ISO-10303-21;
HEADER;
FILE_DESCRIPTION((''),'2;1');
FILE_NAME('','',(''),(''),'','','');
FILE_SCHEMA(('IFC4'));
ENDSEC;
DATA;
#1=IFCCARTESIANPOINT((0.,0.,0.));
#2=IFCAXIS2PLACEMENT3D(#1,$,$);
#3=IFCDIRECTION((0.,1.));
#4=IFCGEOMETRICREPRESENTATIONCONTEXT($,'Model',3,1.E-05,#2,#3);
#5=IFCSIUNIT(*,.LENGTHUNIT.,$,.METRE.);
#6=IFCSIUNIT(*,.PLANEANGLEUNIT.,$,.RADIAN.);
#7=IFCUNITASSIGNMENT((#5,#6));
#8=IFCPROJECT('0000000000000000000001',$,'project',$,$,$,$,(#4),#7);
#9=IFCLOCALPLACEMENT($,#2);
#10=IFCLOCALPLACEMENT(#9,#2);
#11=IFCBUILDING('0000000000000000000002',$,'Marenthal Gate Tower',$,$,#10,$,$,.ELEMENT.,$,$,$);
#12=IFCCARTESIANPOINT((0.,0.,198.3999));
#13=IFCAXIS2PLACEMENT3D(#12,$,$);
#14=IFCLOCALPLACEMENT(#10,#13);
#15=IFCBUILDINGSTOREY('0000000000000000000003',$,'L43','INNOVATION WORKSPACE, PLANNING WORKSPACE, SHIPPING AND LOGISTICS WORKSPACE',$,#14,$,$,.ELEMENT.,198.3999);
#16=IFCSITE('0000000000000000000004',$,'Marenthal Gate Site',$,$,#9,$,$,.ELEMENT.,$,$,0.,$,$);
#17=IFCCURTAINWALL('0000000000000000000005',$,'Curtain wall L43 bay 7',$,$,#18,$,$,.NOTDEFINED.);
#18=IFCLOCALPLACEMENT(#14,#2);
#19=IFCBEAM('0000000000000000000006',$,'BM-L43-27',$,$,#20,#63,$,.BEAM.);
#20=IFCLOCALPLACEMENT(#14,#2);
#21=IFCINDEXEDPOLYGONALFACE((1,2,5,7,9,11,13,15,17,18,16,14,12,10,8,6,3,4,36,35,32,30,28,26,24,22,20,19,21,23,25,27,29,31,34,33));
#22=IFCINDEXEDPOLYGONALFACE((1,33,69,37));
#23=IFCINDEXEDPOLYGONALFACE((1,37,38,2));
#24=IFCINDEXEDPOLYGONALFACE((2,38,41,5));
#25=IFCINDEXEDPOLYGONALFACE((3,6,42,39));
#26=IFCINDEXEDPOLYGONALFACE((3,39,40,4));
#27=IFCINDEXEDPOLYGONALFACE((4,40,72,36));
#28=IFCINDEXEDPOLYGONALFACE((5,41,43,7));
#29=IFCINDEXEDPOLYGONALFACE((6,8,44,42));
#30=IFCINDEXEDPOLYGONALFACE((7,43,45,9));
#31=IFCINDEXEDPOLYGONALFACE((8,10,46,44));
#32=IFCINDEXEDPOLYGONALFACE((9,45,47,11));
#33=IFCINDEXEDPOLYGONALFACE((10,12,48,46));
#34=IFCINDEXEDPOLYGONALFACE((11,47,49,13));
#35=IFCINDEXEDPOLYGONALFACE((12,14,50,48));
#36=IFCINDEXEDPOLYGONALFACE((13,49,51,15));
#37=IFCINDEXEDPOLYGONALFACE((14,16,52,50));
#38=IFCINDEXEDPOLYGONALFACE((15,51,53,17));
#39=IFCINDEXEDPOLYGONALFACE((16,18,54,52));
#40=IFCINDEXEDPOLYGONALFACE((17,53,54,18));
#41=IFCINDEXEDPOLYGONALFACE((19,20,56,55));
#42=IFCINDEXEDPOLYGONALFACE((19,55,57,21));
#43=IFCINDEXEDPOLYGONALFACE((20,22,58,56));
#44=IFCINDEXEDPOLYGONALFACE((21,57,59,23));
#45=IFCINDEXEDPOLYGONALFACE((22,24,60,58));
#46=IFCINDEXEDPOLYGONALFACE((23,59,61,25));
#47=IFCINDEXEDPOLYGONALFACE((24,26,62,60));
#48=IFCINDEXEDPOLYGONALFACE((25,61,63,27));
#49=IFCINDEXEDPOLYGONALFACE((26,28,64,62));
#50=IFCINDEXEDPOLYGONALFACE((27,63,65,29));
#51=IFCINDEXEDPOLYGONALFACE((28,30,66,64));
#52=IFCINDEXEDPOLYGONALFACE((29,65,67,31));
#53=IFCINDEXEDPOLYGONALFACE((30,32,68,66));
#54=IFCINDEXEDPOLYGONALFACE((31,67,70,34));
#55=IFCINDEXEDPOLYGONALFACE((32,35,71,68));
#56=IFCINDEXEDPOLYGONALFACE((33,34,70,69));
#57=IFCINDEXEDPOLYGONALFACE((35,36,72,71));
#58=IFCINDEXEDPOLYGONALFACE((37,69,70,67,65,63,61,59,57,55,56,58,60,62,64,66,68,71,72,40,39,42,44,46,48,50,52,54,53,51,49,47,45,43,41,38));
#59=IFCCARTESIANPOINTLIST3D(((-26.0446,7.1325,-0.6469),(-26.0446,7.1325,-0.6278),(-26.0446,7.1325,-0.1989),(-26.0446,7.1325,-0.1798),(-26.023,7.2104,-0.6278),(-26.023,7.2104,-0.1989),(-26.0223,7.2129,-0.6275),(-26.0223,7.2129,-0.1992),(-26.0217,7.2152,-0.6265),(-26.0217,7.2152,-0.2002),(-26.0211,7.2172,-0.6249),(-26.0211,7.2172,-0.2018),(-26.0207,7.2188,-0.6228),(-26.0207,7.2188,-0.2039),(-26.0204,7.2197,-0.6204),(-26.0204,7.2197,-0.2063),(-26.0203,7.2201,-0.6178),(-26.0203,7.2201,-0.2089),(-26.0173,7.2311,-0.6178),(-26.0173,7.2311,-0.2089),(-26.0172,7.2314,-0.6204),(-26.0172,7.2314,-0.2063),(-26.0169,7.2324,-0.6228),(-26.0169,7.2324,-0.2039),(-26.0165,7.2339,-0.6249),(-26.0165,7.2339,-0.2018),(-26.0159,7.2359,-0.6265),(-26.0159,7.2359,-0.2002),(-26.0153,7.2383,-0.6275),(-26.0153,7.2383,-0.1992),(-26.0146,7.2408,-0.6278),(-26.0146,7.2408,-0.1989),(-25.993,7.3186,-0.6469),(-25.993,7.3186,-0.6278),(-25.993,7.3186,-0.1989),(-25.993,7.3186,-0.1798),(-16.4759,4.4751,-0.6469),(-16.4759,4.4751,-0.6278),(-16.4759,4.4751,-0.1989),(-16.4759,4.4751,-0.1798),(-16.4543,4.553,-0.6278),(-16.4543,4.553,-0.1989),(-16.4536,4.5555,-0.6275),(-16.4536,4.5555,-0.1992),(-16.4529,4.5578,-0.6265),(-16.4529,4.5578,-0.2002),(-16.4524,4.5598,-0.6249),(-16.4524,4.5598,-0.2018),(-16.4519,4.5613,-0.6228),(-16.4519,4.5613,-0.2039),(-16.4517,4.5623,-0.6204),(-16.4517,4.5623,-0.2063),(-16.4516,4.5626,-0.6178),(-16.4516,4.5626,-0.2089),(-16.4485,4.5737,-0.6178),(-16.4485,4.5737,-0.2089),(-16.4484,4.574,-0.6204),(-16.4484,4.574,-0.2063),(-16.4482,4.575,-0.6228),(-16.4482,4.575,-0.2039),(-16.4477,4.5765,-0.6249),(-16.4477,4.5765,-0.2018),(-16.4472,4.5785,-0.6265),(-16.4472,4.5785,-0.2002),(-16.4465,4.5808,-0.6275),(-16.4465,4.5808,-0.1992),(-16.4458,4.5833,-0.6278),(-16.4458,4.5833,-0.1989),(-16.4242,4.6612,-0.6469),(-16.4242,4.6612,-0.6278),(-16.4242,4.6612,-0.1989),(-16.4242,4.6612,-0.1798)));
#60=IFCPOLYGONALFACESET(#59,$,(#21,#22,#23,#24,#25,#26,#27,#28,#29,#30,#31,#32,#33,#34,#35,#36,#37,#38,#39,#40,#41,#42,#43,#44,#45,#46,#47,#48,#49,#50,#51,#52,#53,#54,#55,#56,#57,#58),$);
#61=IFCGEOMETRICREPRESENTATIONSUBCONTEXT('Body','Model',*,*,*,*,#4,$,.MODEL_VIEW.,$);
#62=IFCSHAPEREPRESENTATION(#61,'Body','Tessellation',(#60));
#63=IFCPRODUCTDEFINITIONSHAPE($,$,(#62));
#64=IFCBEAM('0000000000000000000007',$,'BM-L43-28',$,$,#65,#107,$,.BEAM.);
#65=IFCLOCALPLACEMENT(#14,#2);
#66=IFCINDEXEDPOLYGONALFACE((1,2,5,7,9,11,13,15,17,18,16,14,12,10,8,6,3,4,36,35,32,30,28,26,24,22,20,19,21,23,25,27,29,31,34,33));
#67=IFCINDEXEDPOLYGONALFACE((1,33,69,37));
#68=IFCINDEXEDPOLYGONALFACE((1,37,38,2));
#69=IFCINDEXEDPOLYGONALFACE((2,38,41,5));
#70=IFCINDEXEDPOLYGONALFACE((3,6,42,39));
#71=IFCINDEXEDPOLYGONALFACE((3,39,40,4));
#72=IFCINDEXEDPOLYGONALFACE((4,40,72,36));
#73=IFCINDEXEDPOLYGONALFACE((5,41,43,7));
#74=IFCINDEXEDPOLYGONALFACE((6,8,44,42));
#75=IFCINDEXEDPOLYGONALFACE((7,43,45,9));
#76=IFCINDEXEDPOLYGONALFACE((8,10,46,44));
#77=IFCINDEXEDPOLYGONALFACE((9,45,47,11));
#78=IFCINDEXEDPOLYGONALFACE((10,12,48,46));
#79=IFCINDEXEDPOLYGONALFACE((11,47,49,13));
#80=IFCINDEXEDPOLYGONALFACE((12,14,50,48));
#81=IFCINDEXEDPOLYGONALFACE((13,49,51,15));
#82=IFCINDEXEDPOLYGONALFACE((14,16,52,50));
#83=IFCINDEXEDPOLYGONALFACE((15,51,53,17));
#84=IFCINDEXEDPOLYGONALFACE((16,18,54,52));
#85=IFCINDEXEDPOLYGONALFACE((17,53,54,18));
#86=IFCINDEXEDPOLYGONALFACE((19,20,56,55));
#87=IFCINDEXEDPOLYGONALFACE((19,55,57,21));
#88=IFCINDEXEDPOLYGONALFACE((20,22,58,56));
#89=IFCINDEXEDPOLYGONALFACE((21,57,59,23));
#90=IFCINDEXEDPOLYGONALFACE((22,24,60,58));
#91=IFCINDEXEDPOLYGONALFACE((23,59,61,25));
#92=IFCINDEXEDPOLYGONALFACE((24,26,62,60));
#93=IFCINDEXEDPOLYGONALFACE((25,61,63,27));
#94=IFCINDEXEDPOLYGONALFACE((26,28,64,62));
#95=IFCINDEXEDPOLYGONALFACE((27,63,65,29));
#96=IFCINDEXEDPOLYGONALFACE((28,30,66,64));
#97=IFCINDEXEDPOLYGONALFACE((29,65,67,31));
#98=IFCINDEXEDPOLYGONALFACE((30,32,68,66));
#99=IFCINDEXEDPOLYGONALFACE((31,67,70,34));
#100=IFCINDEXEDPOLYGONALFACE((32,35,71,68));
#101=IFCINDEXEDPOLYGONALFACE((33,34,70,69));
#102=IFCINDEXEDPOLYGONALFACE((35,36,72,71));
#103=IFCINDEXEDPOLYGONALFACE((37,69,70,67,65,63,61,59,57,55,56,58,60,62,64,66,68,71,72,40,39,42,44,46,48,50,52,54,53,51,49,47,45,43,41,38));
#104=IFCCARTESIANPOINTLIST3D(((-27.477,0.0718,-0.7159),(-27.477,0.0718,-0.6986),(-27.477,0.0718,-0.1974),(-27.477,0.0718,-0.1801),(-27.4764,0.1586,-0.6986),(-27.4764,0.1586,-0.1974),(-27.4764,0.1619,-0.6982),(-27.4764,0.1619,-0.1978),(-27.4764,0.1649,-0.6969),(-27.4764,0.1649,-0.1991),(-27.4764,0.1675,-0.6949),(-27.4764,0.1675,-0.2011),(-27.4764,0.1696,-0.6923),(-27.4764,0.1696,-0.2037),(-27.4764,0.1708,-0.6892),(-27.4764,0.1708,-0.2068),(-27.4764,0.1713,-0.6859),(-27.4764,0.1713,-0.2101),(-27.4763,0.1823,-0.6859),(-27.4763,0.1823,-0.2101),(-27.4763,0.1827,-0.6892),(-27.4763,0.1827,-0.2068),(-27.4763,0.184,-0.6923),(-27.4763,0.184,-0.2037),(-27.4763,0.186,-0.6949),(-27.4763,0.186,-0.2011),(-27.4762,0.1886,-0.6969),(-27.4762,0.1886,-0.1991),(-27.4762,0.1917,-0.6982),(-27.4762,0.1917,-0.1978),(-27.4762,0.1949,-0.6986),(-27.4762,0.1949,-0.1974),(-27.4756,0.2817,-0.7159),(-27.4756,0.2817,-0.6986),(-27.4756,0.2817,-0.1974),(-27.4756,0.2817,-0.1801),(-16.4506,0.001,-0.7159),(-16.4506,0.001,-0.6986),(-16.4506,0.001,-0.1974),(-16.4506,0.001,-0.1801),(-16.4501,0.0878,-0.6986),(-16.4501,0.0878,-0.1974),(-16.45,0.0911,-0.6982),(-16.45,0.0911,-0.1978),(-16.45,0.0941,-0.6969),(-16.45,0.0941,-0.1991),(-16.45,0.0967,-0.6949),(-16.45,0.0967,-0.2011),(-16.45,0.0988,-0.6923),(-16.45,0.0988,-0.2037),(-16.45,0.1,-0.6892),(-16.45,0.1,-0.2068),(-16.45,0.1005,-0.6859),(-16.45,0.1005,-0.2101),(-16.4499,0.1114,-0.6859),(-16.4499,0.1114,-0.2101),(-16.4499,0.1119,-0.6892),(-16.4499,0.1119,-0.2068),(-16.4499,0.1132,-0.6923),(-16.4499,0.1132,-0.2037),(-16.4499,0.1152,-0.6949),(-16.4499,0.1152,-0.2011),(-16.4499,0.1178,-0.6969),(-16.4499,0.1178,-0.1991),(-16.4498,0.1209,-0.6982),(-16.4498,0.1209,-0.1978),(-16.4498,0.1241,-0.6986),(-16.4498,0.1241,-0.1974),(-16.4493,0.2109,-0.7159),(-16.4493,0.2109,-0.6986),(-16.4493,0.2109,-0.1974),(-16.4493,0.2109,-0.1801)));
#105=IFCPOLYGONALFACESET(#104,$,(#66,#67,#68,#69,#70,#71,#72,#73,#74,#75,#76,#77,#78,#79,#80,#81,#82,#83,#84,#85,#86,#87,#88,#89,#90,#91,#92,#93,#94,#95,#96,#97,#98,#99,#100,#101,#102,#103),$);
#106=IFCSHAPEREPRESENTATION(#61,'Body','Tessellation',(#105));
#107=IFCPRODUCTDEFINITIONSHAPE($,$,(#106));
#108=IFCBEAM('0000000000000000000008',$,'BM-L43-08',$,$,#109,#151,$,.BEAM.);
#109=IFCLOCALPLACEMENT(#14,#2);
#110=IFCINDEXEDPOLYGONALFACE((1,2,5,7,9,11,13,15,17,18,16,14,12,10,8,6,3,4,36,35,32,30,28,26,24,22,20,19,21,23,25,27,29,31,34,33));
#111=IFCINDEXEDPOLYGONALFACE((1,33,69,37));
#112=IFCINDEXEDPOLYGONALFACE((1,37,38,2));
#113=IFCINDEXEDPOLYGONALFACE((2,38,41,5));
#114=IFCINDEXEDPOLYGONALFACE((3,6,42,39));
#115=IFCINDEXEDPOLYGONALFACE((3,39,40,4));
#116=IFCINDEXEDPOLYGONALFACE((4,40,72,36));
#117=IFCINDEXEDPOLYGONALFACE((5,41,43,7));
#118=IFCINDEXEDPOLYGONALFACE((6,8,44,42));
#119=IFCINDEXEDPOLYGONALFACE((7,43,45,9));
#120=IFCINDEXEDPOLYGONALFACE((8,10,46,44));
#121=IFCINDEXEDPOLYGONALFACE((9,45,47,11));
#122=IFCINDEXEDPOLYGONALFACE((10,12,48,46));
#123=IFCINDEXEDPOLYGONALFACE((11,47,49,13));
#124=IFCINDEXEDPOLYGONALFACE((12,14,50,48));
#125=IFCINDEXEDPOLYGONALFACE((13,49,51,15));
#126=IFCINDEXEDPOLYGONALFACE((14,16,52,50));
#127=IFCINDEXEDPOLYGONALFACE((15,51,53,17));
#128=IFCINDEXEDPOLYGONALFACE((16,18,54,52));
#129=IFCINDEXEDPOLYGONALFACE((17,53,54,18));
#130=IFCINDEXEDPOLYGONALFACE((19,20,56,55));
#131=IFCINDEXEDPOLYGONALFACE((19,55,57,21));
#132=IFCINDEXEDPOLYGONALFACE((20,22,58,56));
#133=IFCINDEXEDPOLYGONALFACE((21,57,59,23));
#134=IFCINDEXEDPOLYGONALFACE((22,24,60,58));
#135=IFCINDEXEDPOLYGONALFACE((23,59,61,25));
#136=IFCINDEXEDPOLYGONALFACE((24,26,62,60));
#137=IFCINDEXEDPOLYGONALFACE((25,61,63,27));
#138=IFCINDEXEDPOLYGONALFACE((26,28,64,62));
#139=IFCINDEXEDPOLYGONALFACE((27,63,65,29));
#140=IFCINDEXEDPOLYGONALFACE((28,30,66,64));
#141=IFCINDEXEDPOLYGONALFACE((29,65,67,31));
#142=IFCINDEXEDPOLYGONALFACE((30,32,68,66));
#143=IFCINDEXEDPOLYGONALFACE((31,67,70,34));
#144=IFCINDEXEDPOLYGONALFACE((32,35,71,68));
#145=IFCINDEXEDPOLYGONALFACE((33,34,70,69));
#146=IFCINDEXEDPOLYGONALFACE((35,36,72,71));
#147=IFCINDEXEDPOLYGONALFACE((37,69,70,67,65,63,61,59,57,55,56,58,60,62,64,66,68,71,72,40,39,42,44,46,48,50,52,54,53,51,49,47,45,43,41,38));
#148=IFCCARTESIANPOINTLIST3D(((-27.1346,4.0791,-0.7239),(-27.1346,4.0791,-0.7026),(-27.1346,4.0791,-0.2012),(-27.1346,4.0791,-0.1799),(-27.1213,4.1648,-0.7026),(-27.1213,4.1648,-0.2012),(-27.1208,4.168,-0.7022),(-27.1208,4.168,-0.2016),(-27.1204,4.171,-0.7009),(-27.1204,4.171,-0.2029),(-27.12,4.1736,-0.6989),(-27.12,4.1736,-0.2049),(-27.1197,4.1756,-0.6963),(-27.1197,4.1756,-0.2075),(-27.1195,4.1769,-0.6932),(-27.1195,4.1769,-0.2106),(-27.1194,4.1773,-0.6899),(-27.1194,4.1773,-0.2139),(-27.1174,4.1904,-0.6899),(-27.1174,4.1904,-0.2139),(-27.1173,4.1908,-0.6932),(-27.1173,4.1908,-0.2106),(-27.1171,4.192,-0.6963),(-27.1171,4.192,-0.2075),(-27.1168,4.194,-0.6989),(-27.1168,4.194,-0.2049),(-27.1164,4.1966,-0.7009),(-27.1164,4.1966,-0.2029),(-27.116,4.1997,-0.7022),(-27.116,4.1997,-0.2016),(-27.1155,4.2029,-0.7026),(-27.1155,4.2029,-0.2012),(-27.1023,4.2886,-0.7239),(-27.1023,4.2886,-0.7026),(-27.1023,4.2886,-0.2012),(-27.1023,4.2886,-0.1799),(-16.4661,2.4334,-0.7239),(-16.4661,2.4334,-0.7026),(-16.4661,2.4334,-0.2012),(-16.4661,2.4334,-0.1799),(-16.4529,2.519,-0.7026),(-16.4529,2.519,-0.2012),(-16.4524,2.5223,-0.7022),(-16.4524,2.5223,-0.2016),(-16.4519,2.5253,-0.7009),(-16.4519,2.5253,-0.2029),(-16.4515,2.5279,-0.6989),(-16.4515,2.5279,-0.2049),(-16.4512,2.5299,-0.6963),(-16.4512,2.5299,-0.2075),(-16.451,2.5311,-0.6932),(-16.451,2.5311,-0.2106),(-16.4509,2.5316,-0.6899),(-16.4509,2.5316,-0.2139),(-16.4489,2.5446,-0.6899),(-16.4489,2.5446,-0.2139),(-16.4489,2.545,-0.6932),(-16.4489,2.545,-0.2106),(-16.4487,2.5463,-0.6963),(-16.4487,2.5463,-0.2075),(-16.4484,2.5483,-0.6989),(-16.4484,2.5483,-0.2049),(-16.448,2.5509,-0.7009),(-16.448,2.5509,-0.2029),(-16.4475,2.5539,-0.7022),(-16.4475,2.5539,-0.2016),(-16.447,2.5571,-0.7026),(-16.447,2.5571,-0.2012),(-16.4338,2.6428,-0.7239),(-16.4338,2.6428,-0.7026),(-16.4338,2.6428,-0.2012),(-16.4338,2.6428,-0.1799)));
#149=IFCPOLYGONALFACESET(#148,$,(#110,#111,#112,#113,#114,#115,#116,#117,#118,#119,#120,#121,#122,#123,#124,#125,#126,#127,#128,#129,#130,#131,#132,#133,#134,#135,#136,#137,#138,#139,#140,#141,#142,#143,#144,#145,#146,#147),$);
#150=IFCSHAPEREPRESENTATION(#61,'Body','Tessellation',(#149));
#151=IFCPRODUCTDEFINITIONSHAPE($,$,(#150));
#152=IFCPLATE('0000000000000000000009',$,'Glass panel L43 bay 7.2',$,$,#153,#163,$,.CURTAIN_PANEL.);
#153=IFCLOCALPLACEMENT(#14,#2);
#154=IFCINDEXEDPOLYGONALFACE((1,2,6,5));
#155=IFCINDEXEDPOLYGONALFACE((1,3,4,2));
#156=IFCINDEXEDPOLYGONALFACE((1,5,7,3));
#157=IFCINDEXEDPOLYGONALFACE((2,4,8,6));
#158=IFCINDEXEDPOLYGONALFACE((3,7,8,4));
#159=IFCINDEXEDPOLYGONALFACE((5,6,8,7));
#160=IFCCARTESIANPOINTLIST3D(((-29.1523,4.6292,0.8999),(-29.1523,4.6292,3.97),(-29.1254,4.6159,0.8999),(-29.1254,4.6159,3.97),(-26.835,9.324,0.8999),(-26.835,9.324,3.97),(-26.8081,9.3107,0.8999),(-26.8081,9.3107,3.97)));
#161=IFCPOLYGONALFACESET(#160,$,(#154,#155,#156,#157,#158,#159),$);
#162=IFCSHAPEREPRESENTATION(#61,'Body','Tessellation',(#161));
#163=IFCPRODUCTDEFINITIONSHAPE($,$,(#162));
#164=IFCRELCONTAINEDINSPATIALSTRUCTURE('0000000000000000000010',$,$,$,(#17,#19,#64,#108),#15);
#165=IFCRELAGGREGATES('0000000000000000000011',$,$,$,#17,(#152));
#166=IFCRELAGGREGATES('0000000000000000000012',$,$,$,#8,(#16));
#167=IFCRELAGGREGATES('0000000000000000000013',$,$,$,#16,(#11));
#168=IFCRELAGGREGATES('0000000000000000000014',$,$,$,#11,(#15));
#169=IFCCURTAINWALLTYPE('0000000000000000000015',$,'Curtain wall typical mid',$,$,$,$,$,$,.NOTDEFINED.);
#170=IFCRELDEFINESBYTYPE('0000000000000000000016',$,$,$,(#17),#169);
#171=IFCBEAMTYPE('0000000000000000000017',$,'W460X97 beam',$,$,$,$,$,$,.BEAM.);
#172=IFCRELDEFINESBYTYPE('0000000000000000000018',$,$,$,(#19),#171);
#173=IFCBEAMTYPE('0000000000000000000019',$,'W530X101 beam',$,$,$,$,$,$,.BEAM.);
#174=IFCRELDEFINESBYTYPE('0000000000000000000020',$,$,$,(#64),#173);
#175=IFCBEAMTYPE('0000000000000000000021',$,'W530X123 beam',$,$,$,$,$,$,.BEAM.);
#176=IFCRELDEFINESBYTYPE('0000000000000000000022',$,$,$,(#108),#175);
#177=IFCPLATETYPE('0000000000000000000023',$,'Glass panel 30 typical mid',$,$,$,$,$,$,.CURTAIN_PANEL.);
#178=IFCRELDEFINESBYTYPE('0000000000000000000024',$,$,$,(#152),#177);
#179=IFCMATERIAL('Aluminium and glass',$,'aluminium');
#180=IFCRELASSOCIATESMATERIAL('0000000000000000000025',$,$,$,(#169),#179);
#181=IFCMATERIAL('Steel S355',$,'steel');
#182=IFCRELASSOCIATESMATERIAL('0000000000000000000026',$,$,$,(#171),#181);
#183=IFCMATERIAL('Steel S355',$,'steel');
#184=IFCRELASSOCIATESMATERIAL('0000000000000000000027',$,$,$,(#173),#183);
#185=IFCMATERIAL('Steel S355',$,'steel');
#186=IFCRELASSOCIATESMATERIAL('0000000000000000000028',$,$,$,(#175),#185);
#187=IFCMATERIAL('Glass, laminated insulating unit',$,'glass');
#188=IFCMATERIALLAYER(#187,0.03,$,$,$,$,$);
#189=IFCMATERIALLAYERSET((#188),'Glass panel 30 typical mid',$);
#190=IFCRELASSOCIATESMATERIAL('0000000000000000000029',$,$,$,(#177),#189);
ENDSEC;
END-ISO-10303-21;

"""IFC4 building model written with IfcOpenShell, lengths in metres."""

from ifc_helpers import new_model, si_unit, direction, frame, origin, origin_2d, place, context, subcontext, project, spatial, rectangle, i_section, extrude, material, layer, layer_set, material_profile, profile_set, type_object, element, aggregate, save


model = new_model("IFC4")

# Units and contexts
model_context = context("Model", 3, precision=1e-05, world=origin(), true_north=direction((0.0, 1.0)))
body_context = subcontext(model_context, "Body", "Model", "MODEL_VIEW")
ifc_project = project(units=[si_unit("LENGTHUNIT", "METRE"), si_unit("PLANEANGLEUNIT", "RADIAN")], contexts=[model_context])

# Site, building, storey
site_placement = place(None, origin())
site = spatial("IfcSite", under=ifc_project, at=site_placement, Name="Marenthal Gate Site", CompositionType="ELEMENT", RefElevation=0.0)
building_placement = place(site_placement, origin())
building = spatial("IfcBuilding", under=site, at=building_placement, Name="Marenthal Gate Tower", CompositionType="ELEMENT")
storey_placement = place(building_placement, frame((0.0, 0.0, 198.3999)))
storey = spatial("IfcBuildingStorey", under=building, at=storey_placement, Name="L43", Description="INNOVATION WORKSPACE, PLANNING WORKSPACE, SHIPPING AND LOGISTICS WORKSPACE", CompositionType="ELEMENT", Elevation=198.3999)

# Curtain wall
ifc_material_1 = material(Name="Aluminium and glass", Category="aluminium")
curtain_wall_type = type_object("IfcCurtainWallType", Name="Curtain wall typical mid", PredefinedType="NOTDEFINED", material=ifc_material_1)
curtain_wall_placement = place(storey_placement, origin())
curtain_wall = element("IfcCurtainWall", 1, at=curtain_wall_placement, inside=storey, type_object=curtain_wall_type, Name="Curtain wall L43 bay 7", PredefinedType="NOTDEFINED")

# Beams
ifc_material_2 = material(Name="Steel S355", Category="steel")
ifc_material_profile_1 = material_profile(ifc_material_2, i_section(OverallWidth=0.1931, OverallDepth=0.467, WebThickness=0.0115, FlangeThickness=0.019, FilletRadius=0.01, at=origin_2d()), Name="W460X97")
ifc_profile_set_1 = profile_set([ifc_material_profile_1], Name="Steel S355")
beam_type_1 = type_object("IfcBeamType", Name="W460X97 beam", PredefinedType="BEAM", material=ifc_profile_set_1)
beam_1_placement = place(storey_placement, frame((-26.0188, 7.2256, -0.4133), z_axis=(0.963532, -0.267593, 0.0), x_axis=(0.267593, 0.963532, 0.0)))
element("IfcBeam", 2, at=beam_1_placement, inside=storey, type_object=beam_type_1, Name="BM-L43-27", PredefinedType="BEAM", context=body_context, shape_type="SweptSolid", body=[
    extrude(i_section(OverallWidth=0.1931, OverallDepth=0.467, WebThickness=0.0115, FlangeThickness=0.019, FilletRadius=0.01, at=origin_2d()), origin(), (0.0, 0.0, 1.0), 9.9309),
])
ifc_material_3 = material(Name="Steel S355", Category="steel")
ifc_material_profile_2 = material_profile(ifc_material_3, i_section(OverallWidth=0.21, OverallDepth=0.5359, WebThickness=0.011, FlangeThickness=0.0173, FilletRadius=0.0127, at=origin_2d()), Name="W530X101")
ifc_profile_set_2 = profile_set([ifc_material_profile_2], Name="Steel S355")
beam_type_2 = type_object("IfcBeamType", Name="W530X101 beam", PredefinedType="BEAM", material=ifc_profile_set_2)
beam_2_placement = place(storey_placement, frame((-27.4763, 0.1768, -0.448), z_axis=(0.999979, -0.006421, 0.0), x_axis=(0.006421, 0.999979, 0.0)))
element("IfcBeam", 3, at=beam_2_placement, inside=storey, type_object=beam_type_2, Name="BM-L43-28", PredefinedType="BEAM", context=body_context, shape_type="SweptSolid", body=[
    extrude(i_section(OverallWidth=0.21, OverallDepth=0.5359, WebThickness=0.011, FlangeThickness=0.0173, FilletRadius=0.0127, at=origin_2d()), origin(), (0.0, 0.0, 1.0), 11.0266),
])
ifc_material_4 = material(Name="Steel S355", Category="steel")
ifc_material_profile_3 = material_profile(ifc_material_4, i_section(OverallWidth=0.2119, OverallDepth=0.5439, WebThickness=0.0132, FlangeThickness=0.0212, FilletRadius=0.0127, at=origin_2d()), Name="W530X123")
ifc_profile_set_3 = profile_set([ifc_material_profile_3], Name="Steel S355")
beam_type_3 = type_object("IfcBeamType", Name="W530X123 beam", PredefinedType="BEAM", material=ifc_profile_set_3)
beam_3_placement = place(storey_placement, frame((-27.1184, 4.1838, -0.4519), z_axis=(0.98831, -0.15246, 0.0), x_axis=(0.15246, 0.98831, 0.0)))
element("IfcBeam", 4, at=beam_3_placement, inside=storey, type_object=beam_type_3, Name="BM-L43-08", PredefinedType="BEAM", context=body_context, shape_type="SweptSolid", body=[
    extrude(i_section(OverallWidth=0.2119, OverallDepth=0.5439, WebThickness=0.0132, FlangeThickness=0.0212, FilletRadius=0.0127, at=origin_2d()), origin(), (0.0, 0.0, 1.0), 10.7947),
])

# Plate
ifc_material_5 = material(Name="Glass, laminated insulating unit", Category="glass")
ifc_layer_1 = layer(ifc_material_5, 0.03)
ifc_layer_set_1 = layer_set([ifc_layer_1], Name="Glass panel 30 typical mid")
plate_type = type_object("IfcPlateType", Name="Glass panel 30 typical mid", PredefinedType="CURTAIN_PANEL", material=ifc_layer_set_1)
plate_placement = place(storey_placement, frame((-27.9802, 6.97, 0.8999), z_axis=(0.0, 0.0, 1.0), x_axis=(-0.442607, -0.896716, 0.0)))
plate = element("IfcPlate", 5, at=plate_placement, type_object=plate_type, Name="Glass panel L43 bay 7.2", PredefinedType="CURTAIN_PANEL", context=body_context, shape_type="SweptSolid", body=[
    extrude(rectangle(XDim=5.2356, YDim=0.03, at=origin_2d()), origin(), (0.0, 0.0, 1.0), 3.0701),
])
aggregate(curtain_wall, [plate])

save(model, "model.ifc")
